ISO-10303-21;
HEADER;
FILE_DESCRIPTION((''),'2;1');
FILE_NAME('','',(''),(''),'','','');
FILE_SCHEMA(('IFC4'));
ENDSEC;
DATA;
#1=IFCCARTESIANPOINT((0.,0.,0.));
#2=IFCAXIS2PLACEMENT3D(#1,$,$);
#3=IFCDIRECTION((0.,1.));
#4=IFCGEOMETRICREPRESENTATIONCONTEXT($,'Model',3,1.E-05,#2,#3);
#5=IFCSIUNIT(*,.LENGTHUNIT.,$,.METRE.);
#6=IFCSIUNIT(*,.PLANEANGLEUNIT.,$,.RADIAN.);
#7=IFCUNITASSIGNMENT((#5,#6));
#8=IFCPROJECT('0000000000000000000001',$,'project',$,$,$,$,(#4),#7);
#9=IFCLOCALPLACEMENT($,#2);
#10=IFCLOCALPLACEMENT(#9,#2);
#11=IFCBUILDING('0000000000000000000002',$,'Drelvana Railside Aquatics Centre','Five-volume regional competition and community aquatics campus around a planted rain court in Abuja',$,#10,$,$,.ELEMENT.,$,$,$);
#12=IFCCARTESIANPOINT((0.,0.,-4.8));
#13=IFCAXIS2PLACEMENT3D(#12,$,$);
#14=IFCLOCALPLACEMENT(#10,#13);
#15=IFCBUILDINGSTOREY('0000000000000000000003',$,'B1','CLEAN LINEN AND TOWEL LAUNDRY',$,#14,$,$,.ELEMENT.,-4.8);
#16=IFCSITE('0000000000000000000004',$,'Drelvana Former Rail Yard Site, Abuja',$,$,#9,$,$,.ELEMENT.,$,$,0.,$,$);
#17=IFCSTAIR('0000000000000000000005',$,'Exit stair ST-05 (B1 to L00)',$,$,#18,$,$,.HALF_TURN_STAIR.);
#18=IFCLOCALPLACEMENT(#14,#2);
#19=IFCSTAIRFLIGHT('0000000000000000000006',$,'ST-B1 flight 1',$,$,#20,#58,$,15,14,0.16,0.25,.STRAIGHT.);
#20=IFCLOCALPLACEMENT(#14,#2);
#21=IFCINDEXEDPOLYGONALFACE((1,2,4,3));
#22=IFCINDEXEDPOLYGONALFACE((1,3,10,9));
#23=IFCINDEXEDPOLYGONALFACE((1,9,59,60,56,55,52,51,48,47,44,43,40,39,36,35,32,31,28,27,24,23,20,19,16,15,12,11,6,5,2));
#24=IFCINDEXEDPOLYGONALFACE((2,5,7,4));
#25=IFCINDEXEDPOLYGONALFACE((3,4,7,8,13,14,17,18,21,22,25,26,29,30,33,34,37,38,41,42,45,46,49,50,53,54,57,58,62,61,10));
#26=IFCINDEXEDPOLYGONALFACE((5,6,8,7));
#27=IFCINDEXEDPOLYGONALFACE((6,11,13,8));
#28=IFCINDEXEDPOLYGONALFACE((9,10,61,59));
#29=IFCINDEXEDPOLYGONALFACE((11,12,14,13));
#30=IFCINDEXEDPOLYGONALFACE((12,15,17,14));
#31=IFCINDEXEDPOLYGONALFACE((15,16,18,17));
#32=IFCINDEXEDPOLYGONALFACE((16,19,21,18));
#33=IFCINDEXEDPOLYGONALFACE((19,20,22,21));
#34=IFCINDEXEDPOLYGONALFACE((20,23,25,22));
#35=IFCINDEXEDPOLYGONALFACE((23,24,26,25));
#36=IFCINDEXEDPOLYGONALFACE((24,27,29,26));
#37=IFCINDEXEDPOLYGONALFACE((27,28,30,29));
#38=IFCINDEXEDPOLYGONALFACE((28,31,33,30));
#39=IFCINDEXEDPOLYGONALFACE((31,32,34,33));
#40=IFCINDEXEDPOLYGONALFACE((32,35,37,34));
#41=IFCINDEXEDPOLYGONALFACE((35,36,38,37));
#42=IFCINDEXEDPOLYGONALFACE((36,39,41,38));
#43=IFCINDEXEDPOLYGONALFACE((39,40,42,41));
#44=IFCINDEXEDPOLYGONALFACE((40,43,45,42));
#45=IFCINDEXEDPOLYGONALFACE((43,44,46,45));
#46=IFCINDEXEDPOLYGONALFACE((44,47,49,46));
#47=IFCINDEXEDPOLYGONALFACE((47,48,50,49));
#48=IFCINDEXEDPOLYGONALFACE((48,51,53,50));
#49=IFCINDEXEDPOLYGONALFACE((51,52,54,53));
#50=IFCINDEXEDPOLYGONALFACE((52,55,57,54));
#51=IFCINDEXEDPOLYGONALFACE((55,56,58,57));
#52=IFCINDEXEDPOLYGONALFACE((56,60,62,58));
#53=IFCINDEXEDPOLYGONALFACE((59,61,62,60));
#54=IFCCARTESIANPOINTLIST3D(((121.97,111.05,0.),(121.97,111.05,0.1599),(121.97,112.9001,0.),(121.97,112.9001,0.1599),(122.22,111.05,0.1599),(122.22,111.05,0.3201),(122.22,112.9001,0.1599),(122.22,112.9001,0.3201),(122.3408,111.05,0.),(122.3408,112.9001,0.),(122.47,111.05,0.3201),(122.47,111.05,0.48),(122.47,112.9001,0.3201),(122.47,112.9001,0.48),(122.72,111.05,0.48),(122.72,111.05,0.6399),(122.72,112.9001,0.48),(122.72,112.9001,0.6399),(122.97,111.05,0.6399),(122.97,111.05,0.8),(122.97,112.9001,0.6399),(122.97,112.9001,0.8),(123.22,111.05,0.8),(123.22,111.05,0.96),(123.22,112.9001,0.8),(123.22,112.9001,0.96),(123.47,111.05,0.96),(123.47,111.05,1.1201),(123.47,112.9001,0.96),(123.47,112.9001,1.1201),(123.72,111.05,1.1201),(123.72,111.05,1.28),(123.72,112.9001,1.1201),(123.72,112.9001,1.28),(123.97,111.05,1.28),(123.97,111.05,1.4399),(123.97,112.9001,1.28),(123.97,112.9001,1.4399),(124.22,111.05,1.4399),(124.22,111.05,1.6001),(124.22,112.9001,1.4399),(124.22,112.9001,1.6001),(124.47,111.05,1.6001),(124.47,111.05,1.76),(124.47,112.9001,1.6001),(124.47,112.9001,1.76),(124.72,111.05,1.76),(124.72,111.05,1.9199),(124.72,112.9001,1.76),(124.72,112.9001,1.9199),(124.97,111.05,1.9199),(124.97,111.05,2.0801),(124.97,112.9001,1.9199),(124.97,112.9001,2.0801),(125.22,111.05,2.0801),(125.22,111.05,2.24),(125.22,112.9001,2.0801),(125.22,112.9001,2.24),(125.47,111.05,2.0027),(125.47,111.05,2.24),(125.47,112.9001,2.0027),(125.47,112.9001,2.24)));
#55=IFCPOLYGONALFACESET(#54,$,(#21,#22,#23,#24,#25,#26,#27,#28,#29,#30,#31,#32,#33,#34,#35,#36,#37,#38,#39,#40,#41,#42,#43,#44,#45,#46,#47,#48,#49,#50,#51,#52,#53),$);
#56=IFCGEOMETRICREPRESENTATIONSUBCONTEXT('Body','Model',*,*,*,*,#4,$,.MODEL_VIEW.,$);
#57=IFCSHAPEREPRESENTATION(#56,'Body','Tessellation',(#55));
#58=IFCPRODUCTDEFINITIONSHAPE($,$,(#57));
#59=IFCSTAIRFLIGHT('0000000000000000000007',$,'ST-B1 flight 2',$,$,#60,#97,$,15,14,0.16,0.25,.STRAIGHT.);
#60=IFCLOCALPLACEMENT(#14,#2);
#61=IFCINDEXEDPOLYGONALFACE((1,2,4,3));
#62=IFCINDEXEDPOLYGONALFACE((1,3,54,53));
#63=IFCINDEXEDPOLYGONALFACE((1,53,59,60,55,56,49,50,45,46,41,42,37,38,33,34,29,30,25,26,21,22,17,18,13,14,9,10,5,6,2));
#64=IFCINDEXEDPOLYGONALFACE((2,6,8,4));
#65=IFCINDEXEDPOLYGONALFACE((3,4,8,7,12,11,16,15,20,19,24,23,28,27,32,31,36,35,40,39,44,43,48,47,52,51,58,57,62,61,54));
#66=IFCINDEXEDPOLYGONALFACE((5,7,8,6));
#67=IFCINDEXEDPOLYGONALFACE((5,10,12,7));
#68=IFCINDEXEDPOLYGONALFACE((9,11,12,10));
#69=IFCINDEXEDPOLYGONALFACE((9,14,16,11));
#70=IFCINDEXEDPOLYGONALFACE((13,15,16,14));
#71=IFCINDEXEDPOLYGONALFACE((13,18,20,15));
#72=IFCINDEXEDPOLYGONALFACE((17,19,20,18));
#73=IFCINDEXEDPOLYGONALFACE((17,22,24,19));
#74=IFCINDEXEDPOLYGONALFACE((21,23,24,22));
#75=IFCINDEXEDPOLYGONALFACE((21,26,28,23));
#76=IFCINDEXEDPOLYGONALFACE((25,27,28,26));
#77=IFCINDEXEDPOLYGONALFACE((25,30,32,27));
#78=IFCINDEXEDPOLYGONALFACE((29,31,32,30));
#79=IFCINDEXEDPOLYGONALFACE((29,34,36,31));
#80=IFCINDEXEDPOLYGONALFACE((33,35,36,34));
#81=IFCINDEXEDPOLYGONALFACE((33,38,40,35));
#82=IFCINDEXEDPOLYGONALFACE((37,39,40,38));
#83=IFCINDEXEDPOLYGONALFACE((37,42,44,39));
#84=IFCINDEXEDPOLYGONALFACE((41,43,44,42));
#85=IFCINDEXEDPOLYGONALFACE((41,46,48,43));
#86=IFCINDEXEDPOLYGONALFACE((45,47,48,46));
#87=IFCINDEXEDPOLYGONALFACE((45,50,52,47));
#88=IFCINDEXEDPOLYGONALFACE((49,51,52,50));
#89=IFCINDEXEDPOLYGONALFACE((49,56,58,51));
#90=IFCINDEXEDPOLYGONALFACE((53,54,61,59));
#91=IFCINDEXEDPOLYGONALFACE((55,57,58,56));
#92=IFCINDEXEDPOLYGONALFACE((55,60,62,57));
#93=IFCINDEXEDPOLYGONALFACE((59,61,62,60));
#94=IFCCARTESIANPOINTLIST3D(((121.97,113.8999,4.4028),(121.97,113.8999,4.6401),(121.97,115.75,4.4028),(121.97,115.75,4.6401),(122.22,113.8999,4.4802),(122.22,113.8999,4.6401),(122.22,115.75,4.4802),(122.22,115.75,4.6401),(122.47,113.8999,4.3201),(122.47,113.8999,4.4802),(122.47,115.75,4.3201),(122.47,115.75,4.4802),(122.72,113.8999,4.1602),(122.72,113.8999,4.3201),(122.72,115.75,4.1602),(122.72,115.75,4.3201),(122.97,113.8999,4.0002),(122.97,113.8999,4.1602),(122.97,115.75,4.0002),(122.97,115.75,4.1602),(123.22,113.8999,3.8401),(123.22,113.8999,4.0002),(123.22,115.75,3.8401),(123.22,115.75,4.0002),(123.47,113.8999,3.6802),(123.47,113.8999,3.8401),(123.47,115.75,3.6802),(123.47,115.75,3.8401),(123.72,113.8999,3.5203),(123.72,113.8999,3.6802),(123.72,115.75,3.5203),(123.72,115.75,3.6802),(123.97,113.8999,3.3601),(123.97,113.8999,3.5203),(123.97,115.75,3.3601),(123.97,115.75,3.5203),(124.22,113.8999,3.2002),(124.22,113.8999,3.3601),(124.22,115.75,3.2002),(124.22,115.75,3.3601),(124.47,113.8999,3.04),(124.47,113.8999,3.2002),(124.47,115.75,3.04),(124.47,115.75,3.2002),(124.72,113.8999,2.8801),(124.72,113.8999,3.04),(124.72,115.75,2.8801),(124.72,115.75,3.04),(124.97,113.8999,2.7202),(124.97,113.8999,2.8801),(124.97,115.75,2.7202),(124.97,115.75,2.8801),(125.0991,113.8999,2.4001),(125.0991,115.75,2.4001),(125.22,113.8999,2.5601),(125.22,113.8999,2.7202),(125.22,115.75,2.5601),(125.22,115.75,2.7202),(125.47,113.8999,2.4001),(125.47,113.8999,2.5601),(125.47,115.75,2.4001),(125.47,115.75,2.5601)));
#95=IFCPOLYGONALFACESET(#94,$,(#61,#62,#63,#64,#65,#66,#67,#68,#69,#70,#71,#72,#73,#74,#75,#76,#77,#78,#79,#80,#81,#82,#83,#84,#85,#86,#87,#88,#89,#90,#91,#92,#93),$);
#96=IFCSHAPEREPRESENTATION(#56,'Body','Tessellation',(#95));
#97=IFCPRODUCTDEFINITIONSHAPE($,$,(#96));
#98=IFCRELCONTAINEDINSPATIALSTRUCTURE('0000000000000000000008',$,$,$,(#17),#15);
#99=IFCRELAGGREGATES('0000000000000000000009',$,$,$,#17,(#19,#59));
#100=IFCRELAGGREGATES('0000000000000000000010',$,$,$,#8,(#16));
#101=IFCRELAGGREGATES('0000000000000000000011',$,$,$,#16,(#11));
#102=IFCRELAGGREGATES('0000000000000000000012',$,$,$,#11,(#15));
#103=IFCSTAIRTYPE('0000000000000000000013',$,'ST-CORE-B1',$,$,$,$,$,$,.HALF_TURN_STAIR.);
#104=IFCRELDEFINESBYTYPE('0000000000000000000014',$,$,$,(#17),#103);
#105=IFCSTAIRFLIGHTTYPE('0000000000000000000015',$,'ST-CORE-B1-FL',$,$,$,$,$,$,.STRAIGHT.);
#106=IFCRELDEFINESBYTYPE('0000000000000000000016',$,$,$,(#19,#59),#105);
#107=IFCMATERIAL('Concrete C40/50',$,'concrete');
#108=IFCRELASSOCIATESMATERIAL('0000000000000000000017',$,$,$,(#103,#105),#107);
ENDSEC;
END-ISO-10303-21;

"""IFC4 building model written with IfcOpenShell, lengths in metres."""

from ifc_helpers import new_model, si_unit, direction, frame, origin, place, context, subcontext, project, spatial, polyline, outline, extrude, material, type_object, element, aggregate, save


model = new_model("IFC4")

# Units and contexts
model_context = context("Model", 3, precision=1e-05, world=origin(), true_north=direction((0.0, 1.0)))
body_context = subcontext(model_context, "Body", "Model", "MODEL_VIEW")
ifc_project = project(units=[si_unit("LENGTHUNIT", "METRE"), si_unit("PLANEANGLEUNIT", "RADIAN")], contexts=[model_context])

# Site, building, storey
site_placement = place(None, origin())
site = spatial("IfcSite", under=ifc_project, at=site_placement, Name="Drelvana Former Rail Yard Site, Abuja", CompositionType="ELEMENT", RefElevation=0.0)
building_placement = place(site_placement, origin())
building = spatial("IfcBuilding", under=site, at=building_placement, Name="Drelvana Railside Aquatics Centre", Description="Five-volume regional competition and community aquatics campus around a planted rain court in Abuja", CompositionType="ELEMENT")
storey_placement = place(building_placement, frame((0.0, 0.0, -4.8)))
storey = spatial("IfcBuildingStorey", under=building, at=storey_placement, Name="B1", Description="CLEAN LINEN AND TOWEL LAUNDRY", CompositionType="ELEMENT", Elevation=-4.8)

# Shared definitions
ifc_material_1 = material(Name="Concrete C40/50", Category="concrete")

# Stair, stair flights
stair_type = type_object("IfcStairType", Name="ST-CORE-B1", PredefinedType="HALF_TURN_STAIR", material=ifc_material_1)
stair_placement = place(storey_placement, origin())
stair = element("IfcStair", 1, at=stair_placement, inside=storey, type_object=stair_type, Name="Exit stair ST-05 (B1 to L00)", PredefinedType="HALF_TURN_STAIR")
stair_flight_type = type_object("IfcStairFlightType", Name="ST-CORE-B1-FL", PredefinedType="STRAIGHT", material=ifc_material_1)
stair_flight_1_placement = place(storey_placement, frame((121.97, 111.9751, 0.0), z_axis=(0.0, 0.0, 1.0), x_axis=(1.0, 0.0, 0.0)))
stair_flight_1 = element("IfcStairFlight", 2, at=stair_flight_1_placement, type_object=stair_flight_type, Name="ST-B1 flight 1", NumberOfRisers=15, NumberOfTreads=14, PredefinedType="STRAIGHT", RiserHeight=0.16, TreadLength=0.25, context=body_context, shape_type="SweptSolid", body=[
    extrude(outline(polyline([(0.0, 0.0), (0.0, 0.1599), (0.25, 0.1599), (0.25, 0.3201), (0.5, 0.3201), (0.5, 0.48), (0.75, 0.48), (0.75, 0.6399), (1.0, 0.6399), (1.0, 0.8), (1.25, 0.8), (1.25, 0.96), (1.5, 0.96), (1.5, 1.1201), (1.75, 1.1201), (1.75, 1.28), (2.0, 1.28), (2.0, 1.4399), (2.25, 1.4399), (2.25, 1.6001), (2.5, 1.6001), (2.5, 1.76), (2.75, 1.76), (2.75, 1.9199), (3.0, 1.9199), (3.0, 2.0801), (3.25, 2.0801), (3.25, 2.24), (3.5, 2.24), (3.5, 2.3999), (3.5, 2.0027), (0.3708, 0.0), (0.0, 0.0)])), frame((0.0, 0.925, 0.0), z_axis=(0.0, -1.0, 0.0), x_axis=(1.0, 0.0, 0.0)), (0.0, 0.0, 1.0), 1.8501),
])
stair_flight_2_placement = place(storey_placement, frame((125.47, 114.825, 2.4001), z_axis=(0.0, 0.0, 1.0), x_axis=(-1.0, 0.0, 0.0)))
stair_flight_2 = element("IfcStairFlight", 3, at=stair_flight_2_placement, type_object=stair_flight_type, Name="ST-B1 flight 2", NumberOfRisers=15, NumberOfTreads=14, PredefinedType="STRAIGHT", RiserHeight=0.16, TreadLength=0.25, context=body_context, shape_type="SweptSolid", body=[
    extrude(outline(polyline([(0.0, 0.0), (0.0, 0.1599), (0.25, 0.1599), (0.25, 0.3201), (0.5, 0.3201), (0.5, 0.48), (0.75, 0.48), (0.75, 0.6399), (1.0, 0.6399), (1.0, 0.8), (1.25, 0.8), (1.25, 0.96), (1.5, 0.96), (1.5, 1.1201), (1.75, 1.1201), (1.75, 1.28), (2.0, 1.28), (2.0, 1.4399), (2.25, 1.4399), (2.25, 1.6001), (2.5, 1.6001), (2.5, 1.76), (2.75, 1.76), (2.75, 1.9199), (3.0, 1.9199), (3.0, 2.0801), (3.25, 2.0801), (3.25, 2.24), (3.5, 2.24), (3.5, 2.3999), (3.5, 2.0027), (0.3708, 0.0), (0.0, 0.0)])), frame((0.0, 0.925, 0.0), z_axis=(0.0, -1.0, 0.0), x_axis=(1.0, 0.0, 0.0)), (0.0, 0.0, 1.0), 1.8501),
])
aggregate(stair, [stair_flight_1, stair_flight_2])

save(model, "model.ifc")
